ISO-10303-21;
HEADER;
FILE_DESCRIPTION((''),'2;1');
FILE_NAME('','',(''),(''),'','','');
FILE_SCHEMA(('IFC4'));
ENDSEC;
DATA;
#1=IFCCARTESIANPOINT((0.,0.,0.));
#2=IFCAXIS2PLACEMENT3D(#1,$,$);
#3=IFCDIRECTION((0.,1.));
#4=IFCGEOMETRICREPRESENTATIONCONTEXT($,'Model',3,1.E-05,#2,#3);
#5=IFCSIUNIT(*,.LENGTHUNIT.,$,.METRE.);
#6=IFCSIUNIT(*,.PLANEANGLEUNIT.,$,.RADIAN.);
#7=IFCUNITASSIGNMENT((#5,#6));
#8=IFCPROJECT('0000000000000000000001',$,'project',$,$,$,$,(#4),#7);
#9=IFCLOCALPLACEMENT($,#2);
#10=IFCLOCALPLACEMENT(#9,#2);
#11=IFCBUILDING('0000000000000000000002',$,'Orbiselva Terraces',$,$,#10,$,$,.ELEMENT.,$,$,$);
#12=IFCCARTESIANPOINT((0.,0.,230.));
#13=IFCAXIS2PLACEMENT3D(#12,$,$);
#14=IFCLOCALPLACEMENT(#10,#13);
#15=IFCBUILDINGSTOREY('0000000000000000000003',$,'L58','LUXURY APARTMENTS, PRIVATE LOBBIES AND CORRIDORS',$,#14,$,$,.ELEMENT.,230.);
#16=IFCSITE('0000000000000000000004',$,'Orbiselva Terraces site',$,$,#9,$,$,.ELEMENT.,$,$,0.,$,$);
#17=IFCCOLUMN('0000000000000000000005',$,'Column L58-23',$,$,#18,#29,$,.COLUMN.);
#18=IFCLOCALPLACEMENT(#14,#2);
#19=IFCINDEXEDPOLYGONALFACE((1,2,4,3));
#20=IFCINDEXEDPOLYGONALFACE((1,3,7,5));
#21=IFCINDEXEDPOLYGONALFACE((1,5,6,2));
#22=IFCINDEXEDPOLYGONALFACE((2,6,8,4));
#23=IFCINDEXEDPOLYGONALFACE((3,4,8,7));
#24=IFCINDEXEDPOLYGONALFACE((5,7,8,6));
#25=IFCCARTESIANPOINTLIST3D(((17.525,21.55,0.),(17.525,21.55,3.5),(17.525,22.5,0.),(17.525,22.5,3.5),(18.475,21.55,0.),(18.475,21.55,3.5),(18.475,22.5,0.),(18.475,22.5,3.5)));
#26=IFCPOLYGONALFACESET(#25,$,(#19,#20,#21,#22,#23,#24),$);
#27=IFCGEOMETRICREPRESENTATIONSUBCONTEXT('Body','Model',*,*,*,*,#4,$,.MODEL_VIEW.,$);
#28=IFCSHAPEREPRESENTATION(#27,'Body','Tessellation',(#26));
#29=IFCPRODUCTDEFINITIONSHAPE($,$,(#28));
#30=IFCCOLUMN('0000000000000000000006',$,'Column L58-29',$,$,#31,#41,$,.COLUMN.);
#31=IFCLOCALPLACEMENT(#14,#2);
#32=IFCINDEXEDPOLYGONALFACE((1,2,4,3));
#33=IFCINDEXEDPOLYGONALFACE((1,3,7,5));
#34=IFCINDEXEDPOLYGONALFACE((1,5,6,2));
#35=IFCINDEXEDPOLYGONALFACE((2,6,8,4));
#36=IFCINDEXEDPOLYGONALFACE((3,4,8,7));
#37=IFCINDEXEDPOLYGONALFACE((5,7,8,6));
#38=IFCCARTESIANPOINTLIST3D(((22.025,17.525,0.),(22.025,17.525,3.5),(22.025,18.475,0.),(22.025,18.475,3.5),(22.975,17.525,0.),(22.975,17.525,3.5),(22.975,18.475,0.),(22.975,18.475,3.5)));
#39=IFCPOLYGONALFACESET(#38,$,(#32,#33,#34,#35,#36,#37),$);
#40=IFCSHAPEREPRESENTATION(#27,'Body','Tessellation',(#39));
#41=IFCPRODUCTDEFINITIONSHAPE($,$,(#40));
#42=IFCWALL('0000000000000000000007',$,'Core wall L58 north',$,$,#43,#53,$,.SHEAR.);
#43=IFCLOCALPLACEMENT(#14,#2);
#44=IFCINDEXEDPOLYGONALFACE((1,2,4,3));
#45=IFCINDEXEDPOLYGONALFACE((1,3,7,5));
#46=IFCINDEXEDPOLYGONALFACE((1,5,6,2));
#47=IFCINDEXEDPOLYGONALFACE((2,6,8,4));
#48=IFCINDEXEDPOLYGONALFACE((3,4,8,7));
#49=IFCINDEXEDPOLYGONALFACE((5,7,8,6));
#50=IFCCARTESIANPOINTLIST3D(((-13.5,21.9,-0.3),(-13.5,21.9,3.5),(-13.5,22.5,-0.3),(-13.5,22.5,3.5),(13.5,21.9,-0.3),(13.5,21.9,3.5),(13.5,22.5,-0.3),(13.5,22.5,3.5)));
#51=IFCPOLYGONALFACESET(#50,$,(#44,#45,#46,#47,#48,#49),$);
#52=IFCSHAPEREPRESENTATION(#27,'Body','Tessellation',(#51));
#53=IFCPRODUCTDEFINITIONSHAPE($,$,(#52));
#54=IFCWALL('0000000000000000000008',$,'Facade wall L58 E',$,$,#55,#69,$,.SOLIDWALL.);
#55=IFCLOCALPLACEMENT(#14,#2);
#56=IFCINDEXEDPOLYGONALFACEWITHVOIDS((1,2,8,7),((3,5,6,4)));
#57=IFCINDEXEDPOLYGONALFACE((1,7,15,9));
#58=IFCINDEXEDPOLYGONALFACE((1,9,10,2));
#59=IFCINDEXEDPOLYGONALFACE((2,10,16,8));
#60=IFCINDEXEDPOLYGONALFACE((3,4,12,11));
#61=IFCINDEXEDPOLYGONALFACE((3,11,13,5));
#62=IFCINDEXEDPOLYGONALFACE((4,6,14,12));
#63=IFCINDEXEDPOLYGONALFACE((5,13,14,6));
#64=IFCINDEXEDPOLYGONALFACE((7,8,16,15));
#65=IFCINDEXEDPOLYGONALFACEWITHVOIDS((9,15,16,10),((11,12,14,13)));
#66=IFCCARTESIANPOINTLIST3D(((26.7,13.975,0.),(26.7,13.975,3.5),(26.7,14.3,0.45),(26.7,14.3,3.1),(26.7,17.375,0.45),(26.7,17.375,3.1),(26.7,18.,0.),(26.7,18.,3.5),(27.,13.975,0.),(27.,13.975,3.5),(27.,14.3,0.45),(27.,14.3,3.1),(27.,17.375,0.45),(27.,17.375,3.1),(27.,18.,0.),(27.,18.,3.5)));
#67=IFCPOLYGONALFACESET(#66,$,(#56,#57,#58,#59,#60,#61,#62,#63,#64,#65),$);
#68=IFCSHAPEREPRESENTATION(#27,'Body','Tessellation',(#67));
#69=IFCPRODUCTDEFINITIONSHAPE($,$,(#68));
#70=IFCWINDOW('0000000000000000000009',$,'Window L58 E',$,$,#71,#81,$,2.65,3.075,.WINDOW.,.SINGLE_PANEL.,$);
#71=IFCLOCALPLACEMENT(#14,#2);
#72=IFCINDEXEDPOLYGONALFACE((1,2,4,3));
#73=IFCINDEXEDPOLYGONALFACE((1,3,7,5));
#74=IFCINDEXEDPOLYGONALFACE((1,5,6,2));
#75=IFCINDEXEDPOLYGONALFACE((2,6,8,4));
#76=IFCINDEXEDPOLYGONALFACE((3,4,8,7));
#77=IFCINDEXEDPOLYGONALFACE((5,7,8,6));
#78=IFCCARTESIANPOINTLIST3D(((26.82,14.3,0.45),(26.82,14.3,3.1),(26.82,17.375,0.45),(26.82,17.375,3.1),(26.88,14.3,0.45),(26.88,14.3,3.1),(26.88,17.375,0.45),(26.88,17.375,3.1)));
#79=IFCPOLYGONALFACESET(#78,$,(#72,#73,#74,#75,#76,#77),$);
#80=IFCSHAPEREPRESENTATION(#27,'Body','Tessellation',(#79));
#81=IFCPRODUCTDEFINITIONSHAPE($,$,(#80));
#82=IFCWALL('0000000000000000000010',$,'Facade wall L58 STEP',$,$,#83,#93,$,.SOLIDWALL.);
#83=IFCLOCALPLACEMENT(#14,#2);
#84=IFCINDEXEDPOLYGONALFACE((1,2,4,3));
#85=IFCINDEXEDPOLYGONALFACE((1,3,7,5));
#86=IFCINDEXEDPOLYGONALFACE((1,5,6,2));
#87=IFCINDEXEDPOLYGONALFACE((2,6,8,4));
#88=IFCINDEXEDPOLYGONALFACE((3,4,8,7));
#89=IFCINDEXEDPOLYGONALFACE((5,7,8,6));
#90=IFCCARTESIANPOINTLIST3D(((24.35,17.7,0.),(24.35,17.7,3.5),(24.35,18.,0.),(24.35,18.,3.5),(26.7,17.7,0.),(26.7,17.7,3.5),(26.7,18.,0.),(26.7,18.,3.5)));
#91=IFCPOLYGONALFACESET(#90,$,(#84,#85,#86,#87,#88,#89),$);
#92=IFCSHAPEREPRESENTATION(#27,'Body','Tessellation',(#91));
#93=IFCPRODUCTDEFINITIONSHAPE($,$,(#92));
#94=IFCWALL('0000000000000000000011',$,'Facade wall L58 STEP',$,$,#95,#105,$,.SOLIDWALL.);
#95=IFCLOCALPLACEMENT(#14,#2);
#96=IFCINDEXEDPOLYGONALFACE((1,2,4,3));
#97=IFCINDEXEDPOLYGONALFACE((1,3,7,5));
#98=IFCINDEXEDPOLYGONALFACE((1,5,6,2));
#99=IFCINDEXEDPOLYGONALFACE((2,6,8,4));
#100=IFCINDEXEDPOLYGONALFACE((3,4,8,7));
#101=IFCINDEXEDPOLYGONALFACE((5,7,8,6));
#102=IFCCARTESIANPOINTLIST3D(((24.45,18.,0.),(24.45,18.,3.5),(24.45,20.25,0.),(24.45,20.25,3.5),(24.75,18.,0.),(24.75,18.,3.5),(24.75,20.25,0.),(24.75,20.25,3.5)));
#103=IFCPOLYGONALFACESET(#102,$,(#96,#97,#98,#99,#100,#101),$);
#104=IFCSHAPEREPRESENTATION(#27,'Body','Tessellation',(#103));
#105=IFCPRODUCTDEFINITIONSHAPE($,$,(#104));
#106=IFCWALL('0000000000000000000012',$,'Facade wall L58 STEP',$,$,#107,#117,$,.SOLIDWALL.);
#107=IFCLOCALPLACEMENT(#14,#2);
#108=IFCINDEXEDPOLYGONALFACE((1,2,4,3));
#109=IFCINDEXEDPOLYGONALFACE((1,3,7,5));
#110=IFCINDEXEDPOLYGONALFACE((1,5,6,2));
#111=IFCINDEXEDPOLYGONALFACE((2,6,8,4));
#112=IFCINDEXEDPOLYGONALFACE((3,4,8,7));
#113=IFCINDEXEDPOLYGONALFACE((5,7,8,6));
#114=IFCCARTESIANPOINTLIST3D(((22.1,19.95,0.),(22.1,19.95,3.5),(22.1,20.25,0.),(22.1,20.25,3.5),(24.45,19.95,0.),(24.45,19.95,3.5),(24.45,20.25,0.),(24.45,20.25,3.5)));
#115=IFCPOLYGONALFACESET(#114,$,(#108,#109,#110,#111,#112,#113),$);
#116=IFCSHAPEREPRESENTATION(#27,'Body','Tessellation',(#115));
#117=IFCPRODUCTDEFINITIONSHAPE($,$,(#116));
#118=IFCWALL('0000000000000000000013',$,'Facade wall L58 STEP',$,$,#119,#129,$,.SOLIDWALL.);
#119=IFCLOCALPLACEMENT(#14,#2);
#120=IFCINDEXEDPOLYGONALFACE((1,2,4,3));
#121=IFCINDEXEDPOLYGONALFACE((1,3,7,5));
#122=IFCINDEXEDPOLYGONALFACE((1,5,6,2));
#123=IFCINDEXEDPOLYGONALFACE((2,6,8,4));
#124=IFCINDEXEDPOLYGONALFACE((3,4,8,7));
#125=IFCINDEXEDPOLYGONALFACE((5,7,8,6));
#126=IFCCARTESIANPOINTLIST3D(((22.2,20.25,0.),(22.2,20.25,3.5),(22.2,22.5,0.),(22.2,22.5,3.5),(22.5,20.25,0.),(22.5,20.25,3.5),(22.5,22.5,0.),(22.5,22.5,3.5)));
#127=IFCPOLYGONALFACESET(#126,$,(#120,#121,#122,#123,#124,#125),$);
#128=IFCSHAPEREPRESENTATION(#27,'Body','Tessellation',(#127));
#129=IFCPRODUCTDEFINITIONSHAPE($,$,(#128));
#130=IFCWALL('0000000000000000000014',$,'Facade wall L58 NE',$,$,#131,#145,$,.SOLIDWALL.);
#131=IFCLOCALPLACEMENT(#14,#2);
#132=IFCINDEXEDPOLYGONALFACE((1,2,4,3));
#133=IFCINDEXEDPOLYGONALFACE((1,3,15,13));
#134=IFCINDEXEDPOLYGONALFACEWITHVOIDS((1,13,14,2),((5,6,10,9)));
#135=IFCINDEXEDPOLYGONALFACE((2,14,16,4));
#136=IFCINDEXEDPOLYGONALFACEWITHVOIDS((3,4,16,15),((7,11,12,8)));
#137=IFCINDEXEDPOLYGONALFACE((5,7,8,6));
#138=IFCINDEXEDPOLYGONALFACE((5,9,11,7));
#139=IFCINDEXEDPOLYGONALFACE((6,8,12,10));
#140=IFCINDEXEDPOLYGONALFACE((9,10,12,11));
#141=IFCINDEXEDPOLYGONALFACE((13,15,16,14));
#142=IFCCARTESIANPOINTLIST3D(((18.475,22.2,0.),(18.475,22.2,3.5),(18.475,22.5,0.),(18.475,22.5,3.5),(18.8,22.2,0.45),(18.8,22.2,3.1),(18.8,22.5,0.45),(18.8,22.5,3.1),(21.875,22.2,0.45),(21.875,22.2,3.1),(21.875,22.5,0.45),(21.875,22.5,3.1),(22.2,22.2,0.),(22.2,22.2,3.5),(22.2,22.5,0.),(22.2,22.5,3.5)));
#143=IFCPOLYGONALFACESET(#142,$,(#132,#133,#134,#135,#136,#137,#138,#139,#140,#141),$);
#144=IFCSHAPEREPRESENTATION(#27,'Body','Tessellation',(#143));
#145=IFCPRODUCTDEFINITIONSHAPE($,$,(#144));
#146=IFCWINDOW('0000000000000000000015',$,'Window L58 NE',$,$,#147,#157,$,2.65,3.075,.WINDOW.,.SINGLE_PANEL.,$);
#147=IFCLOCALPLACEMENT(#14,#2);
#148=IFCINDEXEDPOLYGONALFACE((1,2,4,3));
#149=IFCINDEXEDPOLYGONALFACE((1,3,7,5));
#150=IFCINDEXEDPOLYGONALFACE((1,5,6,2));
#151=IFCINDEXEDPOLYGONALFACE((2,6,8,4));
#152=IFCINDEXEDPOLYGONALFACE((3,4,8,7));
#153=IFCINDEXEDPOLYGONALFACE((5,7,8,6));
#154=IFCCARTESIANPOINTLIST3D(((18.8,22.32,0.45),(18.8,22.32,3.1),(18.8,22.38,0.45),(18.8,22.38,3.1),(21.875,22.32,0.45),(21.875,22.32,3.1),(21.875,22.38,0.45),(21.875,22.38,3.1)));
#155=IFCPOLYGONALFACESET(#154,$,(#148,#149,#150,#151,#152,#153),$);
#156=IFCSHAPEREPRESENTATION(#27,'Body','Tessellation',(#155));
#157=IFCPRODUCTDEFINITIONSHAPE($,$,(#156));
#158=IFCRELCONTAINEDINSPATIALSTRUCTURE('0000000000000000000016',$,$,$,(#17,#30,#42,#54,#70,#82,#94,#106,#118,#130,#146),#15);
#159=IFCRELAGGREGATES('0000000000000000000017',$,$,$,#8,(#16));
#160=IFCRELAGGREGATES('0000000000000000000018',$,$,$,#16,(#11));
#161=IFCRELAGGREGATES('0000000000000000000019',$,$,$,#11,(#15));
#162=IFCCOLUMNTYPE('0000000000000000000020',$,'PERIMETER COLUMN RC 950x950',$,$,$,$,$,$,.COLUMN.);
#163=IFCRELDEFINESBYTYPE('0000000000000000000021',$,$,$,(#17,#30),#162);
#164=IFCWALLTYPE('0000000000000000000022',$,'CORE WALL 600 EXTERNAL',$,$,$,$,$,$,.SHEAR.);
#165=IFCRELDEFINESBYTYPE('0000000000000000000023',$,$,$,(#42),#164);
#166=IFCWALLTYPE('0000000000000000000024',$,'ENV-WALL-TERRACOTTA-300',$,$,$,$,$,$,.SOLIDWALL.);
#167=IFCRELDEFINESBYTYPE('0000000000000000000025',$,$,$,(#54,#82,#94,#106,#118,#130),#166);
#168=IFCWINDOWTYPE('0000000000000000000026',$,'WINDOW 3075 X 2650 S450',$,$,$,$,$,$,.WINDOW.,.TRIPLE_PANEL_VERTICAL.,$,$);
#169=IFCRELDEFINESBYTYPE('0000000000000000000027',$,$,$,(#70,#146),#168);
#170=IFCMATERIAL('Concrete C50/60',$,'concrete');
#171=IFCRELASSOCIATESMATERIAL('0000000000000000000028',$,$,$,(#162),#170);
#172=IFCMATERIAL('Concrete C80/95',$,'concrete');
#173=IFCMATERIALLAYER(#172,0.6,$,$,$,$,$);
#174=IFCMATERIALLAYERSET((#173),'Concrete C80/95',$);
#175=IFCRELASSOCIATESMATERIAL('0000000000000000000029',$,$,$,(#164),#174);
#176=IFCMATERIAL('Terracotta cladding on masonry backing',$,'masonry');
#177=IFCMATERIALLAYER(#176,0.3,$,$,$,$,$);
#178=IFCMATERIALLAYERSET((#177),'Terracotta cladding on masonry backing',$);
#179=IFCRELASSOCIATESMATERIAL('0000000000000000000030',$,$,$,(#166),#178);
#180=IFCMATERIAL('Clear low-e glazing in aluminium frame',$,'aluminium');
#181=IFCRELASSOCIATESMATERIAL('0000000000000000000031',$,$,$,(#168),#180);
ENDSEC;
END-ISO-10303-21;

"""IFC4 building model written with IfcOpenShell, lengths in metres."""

from ifc_helpers import new_model, si_unit, direction, frame, frame_2d, origin, origin_2d, place, context, subcontext, project, spatial, rectangle, extrude, material, layer, layer_set, material_profile, profile_set, type_object, element, fill, save


model = new_model("IFC4")

# Units and contexts
model_context = context("Model", 3, precision=1e-05, world=origin(), true_north=direction((0.0, 1.0)))
body_context = subcontext(model_context, "Body", "Model", "MODEL_VIEW")
ifc_project = project(units=[si_unit("LENGTHUNIT", "METRE"), si_unit("PLANEANGLEUNIT", "RADIAN")], contexts=[model_context])

# Site, building, storey
site_placement = place(None, origin())
site = spatial("IfcSite", under=ifc_project, at=site_placement, Name="Orbiselva Terraces site", CompositionType="ELEMENT", RefElevation=0.0)
building_placement = place(site_placement, origin())
building = spatial("IfcBuilding", under=site, at=building_placement, Name="Orbiselva Terraces", CompositionType="ELEMENT")
storey_placement = place(building_placement, frame((0.0, 0.0, 230.0)))
storey = spatial("IfcBuildingStorey", under=building, at=storey_placement, Name="L58", Description="LUXURY APARTMENTS, PRIVATE LOBBIES AND CORRIDORS", CompositionType="ELEMENT", Elevation=230.0)

# Columns
ifc_material_1 = material(Name="Concrete C50/60", Category="concrete")
ifc_material_profile = material_profile(ifc_material_1, rectangle(XDim=0.95, YDim=0.95, at=origin_2d()), Name="RC 950x950")
ifc_profile_set = profile_set([ifc_material_profile], Name="Concrete C50/60")
column_type = type_object("IfcColumnType", Name="PERIMETER COLUMN RC 950x950", PredefinedType="COLUMN", material=ifc_profile_set)
for number, where, z_axis, x_axis, name in (
    (1, (18.0, 22.025, 0.0), (0.0, 0.0, 1.0), (1.0, 0.0, 0.0), "Column L58-23"),
    (2, (22.5, 18.0, 0.0), (0.0, 0.0, 1.0), (1.0, 0.0, 0.0), "Column L58-29"),
):
    element("IfcColumn", number, at=place(storey_placement, frame(where, z_axis=z_axis, x_axis=x_axis)), inside=storey, type_object=column_type, Name=name, PredefinedType="COLUMN", context=body_context, shape_type="SweptSolid", body=[
        extrude(rectangle(XDim=0.95, YDim=0.95, at=origin_2d()), origin(), (0.0, 0.0, 1.0), 3.5),
    ])

# Wall
ifc_material_2 = material(Name="Concrete C80/95", Category="concrete")
ifc_layer_1 = layer(ifc_material_2, 0.6)
ifc_layer_set_1 = layer_set([ifc_layer_1], Name="Concrete C80/95")
wall_type_1 = type_object("IfcWallType", Name="CORE WALL 600 EXTERNAL", PredefinedType="SHEAR", material=ifc_layer_set_1)
wall_1_placement = place(storey_placement, frame((13.5, 22.2, -0.3), z_axis=(0.0, 0.0, 1.0), x_axis=(-1.0, 0.0, 0.0)))
element("IfcWall", 3, at=wall_1_placement, inside=storey, type_object=wall_type_1, Name="Core wall L58 north", PredefinedType="SHEAR", context=body_context, shape_type="SweptSolid", body=[
    extrude(rectangle(XDim=27.0, YDim=0.6, at=frame_2d((13.5, 0.0))), origin(), (0.0, 0.0, 1.0), 3.8),
])

# Wall, opening, window
ifc_material_3 = material(Name="Terracotta cladding on masonry backing", Category="masonry")
ifc_layer_2 = layer(ifc_material_3, 0.3)
ifc_layer_set_2 = layer_set([ifc_layer_2], Name="Terracotta cladding on masonry backing")
wall_type_2 = type_object("IfcWallType", Name="ENV-WALL-TERRACOTTA-300", PredefinedType="SOLIDWALL", material=ifc_layer_set_2)
wall_2_placement = place(storey_placement, frame((26.85, 18.0, 0.0), z_axis=(0.0, 0.0, 1.0), x_axis=(0.0, -1.0, 0.0)))
wall_2 = element("IfcWall", 4, at=wall_2_placement, inside=storey, type_object=wall_type_2, Name="Facade wall L58 E", PredefinedType="SOLIDWALL", context=body_context, shape_type="SweptSolid", body=[
    extrude(rectangle(XDim=4.025, YDim=0.3, at=frame_2d((2.0125, 0.0))), origin(), (0.0, 0.0, 1.0), 3.5),
])
opening_1_placement = place(wall_2_placement, frame((0.625, 0.0, 0.45)))
opening_1 = element("IfcOpeningElement", 5, at=opening_1_placement, cuts=wall_2, PredefinedType="OPENING", context=body_context, shape_type="SweptSolid", body=[
    extrude(rectangle(XDim=3.075, YDim=2.65, at=frame_2d((1.5375, 1.325))), frame((0.0, 0.16, 0.0), z_axis=(0.0, -1.0, 0.0), x_axis=(1.0, 0.0, 0.0)), (0.0, 0.0, 1.0), 0.32),
])
ifc_material_4 = material(Name="Clear low-e glazing in aluminium frame", Category="aluminium")
window_type = type_object("IfcWindowType", Name="WINDOW 3075 X 2650 S450", PartitioningType="TRIPLE_PANEL_VERTICAL", PredefinedType="WINDOW", material=ifc_material_4)
window_1_placement = place(opening_1_placement, origin())
window_1 = element("IfcWindow", 6, at=window_1_placement, inside=storey, type_object=window_type, Name="Window L58 E", OverallHeight=2.65, OverallWidth=3.075, PartitioningType="SINGLE_PANEL", PredefinedType="WINDOW", context=body_context, shape_type="SweptSolid", body=[
    extrude(rectangle(XDim=3.075, YDim=2.65, at=frame_2d((1.5375, 1.325))), frame((0.0, 0.03, 0.0), z_axis=(0.0, -1.0, 0.0), x_axis=(1.0, 0.0, 0.0)), (0.0, 0.0, 1.0), 0.06),
])
fill(opening_1, window_1)

# Walls
wall_3_placement = place(storey_placement, frame((24.35, 17.85, 0.0), z_axis=(0.0, 0.0, 1.0), x_axis=(1.0, 0.0, 0.0)))
element("IfcWall", 7, at=wall_3_placement, inside=storey, type_object=wall_type_2, Name="Facade wall L58 STEP", PredefinedType="SOLIDWALL", context=body_context, shape_type="SweptSolid", body=[
    extrude(rectangle(XDim=2.35, YDim=0.3, at=frame_2d((1.175, 0.0))), origin(), (0.0, 0.0, 1.0), 3.5),
])
wall_4_placement = place(storey_placement, frame((24.6, 20.25, 0.0), z_axis=(0.0, 0.0, 1.0), x_axis=(0.0, -1.0, 0.0)))
element("IfcWall", 8, at=wall_4_placement, inside=storey, type_object=wall_type_2, Name="Facade wall L58 STEP", PredefinedType="SOLIDWALL", context=body_context, shape_type="SweptSolid", body=[
    extrude(rectangle(XDim=2.25, YDim=0.3, at=frame_2d((1.125, 0.0))), origin(), (0.0, 0.0, 1.0), 3.5),
])
wall_5_placement = place(storey_placement, frame((22.1, 20.1, 0.0), z_axis=(0.0, 0.0, 1.0), x_axis=(1.0, 0.0, 0.0)))
element("IfcWall", 9, at=wall_5_placement, inside=storey, type_object=wall_type_2, Name="Facade wall L58 STEP", PredefinedType="SOLIDWALL", context=body_context, shape_type="SweptSolid", body=[
    extrude(rectangle(XDim=2.35, YDim=0.3, at=frame_2d((1.175, 0.0))), origin(), (0.0, 0.0, 1.0), 3.5),
])
wall_6_placement = place(storey_placement, frame((22.35, 22.5, 0.0), z_axis=(0.0, 0.0, 1.0), x_axis=(0.0, -1.0, 0.0)))
element("IfcWall", 10, at=wall_6_placement, inside=storey, type_object=wall_type_2, Name="Facade wall L58 STEP", PredefinedType="SOLIDWALL", context=body_context, shape_type="SweptSolid", body=[
    extrude(rectangle(XDim=2.25, YDim=0.3, at=frame_2d((1.125, 0.0))), origin(), (0.0, 0.0, 1.0), 3.5),
])

# Wall, opening, window
wall_7_placement = place(storey_placement, frame((18.475, 22.35, 0.0), z_axis=(0.0, 0.0, 1.0), x_axis=(1.0, 0.0, 0.0)))
wall_7 = element("IfcWall", 11, at=wall_7_placement, inside=storey, type_object=wall_type_2, Name="Facade wall L58 NE", PredefinedType="SOLIDWALL", context=body_context, shape_type="SweptSolid", body=[
    extrude(rectangle(XDim=3.725, YDim=0.3, at=frame_2d((1.8625, 0.0))), origin(), (0.0, 0.0, 1.0), 3.5),
])
opening_2_placement = place(wall_7_placement, frame((0.325, 0.0, 0.45)))
opening_2 = element("IfcOpeningElement", 12, at=opening_2_placement, cuts=wall_7, PredefinedType="OPENING", context=body_context, shape_type="SweptSolid", body=[
    extrude(rectangle(XDim=3.075, YDim=2.65, at=frame_2d((1.5375, 1.325))), frame((0.0, 0.16, 0.0), z_axis=(0.0, -1.0, 0.0), x_axis=(1.0, 0.0, 0.0)), (0.0, 0.0, 1.0), 0.32),
])
window_2_placement = place(opening_2_placement, origin())
window_2 = element("IfcWindow", 13, at=window_2_placement, inside=storey, type_object=window_type, Name="Window L58 NE", OverallHeight=2.65, OverallWidth=3.075, PartitioningType="SINGLE_PANEL", PredefinedType="WINDOW", context=body_context, shape_type="SweptSolid", body=[
    extrude(rectangle(XDim=3.075, YDim=2.65, at=frame_2d((1.5375, 1.325))), frame((0.0, 0.03, 0.0), z_axis=(0.0, -1.0, 0.0), x_axis=(1.0, 0.0, 0.0)), (0.0, 0.0, 1.0), 0.06),
])
fill(opening_2, window_2)

save(model, "model.ifc")
